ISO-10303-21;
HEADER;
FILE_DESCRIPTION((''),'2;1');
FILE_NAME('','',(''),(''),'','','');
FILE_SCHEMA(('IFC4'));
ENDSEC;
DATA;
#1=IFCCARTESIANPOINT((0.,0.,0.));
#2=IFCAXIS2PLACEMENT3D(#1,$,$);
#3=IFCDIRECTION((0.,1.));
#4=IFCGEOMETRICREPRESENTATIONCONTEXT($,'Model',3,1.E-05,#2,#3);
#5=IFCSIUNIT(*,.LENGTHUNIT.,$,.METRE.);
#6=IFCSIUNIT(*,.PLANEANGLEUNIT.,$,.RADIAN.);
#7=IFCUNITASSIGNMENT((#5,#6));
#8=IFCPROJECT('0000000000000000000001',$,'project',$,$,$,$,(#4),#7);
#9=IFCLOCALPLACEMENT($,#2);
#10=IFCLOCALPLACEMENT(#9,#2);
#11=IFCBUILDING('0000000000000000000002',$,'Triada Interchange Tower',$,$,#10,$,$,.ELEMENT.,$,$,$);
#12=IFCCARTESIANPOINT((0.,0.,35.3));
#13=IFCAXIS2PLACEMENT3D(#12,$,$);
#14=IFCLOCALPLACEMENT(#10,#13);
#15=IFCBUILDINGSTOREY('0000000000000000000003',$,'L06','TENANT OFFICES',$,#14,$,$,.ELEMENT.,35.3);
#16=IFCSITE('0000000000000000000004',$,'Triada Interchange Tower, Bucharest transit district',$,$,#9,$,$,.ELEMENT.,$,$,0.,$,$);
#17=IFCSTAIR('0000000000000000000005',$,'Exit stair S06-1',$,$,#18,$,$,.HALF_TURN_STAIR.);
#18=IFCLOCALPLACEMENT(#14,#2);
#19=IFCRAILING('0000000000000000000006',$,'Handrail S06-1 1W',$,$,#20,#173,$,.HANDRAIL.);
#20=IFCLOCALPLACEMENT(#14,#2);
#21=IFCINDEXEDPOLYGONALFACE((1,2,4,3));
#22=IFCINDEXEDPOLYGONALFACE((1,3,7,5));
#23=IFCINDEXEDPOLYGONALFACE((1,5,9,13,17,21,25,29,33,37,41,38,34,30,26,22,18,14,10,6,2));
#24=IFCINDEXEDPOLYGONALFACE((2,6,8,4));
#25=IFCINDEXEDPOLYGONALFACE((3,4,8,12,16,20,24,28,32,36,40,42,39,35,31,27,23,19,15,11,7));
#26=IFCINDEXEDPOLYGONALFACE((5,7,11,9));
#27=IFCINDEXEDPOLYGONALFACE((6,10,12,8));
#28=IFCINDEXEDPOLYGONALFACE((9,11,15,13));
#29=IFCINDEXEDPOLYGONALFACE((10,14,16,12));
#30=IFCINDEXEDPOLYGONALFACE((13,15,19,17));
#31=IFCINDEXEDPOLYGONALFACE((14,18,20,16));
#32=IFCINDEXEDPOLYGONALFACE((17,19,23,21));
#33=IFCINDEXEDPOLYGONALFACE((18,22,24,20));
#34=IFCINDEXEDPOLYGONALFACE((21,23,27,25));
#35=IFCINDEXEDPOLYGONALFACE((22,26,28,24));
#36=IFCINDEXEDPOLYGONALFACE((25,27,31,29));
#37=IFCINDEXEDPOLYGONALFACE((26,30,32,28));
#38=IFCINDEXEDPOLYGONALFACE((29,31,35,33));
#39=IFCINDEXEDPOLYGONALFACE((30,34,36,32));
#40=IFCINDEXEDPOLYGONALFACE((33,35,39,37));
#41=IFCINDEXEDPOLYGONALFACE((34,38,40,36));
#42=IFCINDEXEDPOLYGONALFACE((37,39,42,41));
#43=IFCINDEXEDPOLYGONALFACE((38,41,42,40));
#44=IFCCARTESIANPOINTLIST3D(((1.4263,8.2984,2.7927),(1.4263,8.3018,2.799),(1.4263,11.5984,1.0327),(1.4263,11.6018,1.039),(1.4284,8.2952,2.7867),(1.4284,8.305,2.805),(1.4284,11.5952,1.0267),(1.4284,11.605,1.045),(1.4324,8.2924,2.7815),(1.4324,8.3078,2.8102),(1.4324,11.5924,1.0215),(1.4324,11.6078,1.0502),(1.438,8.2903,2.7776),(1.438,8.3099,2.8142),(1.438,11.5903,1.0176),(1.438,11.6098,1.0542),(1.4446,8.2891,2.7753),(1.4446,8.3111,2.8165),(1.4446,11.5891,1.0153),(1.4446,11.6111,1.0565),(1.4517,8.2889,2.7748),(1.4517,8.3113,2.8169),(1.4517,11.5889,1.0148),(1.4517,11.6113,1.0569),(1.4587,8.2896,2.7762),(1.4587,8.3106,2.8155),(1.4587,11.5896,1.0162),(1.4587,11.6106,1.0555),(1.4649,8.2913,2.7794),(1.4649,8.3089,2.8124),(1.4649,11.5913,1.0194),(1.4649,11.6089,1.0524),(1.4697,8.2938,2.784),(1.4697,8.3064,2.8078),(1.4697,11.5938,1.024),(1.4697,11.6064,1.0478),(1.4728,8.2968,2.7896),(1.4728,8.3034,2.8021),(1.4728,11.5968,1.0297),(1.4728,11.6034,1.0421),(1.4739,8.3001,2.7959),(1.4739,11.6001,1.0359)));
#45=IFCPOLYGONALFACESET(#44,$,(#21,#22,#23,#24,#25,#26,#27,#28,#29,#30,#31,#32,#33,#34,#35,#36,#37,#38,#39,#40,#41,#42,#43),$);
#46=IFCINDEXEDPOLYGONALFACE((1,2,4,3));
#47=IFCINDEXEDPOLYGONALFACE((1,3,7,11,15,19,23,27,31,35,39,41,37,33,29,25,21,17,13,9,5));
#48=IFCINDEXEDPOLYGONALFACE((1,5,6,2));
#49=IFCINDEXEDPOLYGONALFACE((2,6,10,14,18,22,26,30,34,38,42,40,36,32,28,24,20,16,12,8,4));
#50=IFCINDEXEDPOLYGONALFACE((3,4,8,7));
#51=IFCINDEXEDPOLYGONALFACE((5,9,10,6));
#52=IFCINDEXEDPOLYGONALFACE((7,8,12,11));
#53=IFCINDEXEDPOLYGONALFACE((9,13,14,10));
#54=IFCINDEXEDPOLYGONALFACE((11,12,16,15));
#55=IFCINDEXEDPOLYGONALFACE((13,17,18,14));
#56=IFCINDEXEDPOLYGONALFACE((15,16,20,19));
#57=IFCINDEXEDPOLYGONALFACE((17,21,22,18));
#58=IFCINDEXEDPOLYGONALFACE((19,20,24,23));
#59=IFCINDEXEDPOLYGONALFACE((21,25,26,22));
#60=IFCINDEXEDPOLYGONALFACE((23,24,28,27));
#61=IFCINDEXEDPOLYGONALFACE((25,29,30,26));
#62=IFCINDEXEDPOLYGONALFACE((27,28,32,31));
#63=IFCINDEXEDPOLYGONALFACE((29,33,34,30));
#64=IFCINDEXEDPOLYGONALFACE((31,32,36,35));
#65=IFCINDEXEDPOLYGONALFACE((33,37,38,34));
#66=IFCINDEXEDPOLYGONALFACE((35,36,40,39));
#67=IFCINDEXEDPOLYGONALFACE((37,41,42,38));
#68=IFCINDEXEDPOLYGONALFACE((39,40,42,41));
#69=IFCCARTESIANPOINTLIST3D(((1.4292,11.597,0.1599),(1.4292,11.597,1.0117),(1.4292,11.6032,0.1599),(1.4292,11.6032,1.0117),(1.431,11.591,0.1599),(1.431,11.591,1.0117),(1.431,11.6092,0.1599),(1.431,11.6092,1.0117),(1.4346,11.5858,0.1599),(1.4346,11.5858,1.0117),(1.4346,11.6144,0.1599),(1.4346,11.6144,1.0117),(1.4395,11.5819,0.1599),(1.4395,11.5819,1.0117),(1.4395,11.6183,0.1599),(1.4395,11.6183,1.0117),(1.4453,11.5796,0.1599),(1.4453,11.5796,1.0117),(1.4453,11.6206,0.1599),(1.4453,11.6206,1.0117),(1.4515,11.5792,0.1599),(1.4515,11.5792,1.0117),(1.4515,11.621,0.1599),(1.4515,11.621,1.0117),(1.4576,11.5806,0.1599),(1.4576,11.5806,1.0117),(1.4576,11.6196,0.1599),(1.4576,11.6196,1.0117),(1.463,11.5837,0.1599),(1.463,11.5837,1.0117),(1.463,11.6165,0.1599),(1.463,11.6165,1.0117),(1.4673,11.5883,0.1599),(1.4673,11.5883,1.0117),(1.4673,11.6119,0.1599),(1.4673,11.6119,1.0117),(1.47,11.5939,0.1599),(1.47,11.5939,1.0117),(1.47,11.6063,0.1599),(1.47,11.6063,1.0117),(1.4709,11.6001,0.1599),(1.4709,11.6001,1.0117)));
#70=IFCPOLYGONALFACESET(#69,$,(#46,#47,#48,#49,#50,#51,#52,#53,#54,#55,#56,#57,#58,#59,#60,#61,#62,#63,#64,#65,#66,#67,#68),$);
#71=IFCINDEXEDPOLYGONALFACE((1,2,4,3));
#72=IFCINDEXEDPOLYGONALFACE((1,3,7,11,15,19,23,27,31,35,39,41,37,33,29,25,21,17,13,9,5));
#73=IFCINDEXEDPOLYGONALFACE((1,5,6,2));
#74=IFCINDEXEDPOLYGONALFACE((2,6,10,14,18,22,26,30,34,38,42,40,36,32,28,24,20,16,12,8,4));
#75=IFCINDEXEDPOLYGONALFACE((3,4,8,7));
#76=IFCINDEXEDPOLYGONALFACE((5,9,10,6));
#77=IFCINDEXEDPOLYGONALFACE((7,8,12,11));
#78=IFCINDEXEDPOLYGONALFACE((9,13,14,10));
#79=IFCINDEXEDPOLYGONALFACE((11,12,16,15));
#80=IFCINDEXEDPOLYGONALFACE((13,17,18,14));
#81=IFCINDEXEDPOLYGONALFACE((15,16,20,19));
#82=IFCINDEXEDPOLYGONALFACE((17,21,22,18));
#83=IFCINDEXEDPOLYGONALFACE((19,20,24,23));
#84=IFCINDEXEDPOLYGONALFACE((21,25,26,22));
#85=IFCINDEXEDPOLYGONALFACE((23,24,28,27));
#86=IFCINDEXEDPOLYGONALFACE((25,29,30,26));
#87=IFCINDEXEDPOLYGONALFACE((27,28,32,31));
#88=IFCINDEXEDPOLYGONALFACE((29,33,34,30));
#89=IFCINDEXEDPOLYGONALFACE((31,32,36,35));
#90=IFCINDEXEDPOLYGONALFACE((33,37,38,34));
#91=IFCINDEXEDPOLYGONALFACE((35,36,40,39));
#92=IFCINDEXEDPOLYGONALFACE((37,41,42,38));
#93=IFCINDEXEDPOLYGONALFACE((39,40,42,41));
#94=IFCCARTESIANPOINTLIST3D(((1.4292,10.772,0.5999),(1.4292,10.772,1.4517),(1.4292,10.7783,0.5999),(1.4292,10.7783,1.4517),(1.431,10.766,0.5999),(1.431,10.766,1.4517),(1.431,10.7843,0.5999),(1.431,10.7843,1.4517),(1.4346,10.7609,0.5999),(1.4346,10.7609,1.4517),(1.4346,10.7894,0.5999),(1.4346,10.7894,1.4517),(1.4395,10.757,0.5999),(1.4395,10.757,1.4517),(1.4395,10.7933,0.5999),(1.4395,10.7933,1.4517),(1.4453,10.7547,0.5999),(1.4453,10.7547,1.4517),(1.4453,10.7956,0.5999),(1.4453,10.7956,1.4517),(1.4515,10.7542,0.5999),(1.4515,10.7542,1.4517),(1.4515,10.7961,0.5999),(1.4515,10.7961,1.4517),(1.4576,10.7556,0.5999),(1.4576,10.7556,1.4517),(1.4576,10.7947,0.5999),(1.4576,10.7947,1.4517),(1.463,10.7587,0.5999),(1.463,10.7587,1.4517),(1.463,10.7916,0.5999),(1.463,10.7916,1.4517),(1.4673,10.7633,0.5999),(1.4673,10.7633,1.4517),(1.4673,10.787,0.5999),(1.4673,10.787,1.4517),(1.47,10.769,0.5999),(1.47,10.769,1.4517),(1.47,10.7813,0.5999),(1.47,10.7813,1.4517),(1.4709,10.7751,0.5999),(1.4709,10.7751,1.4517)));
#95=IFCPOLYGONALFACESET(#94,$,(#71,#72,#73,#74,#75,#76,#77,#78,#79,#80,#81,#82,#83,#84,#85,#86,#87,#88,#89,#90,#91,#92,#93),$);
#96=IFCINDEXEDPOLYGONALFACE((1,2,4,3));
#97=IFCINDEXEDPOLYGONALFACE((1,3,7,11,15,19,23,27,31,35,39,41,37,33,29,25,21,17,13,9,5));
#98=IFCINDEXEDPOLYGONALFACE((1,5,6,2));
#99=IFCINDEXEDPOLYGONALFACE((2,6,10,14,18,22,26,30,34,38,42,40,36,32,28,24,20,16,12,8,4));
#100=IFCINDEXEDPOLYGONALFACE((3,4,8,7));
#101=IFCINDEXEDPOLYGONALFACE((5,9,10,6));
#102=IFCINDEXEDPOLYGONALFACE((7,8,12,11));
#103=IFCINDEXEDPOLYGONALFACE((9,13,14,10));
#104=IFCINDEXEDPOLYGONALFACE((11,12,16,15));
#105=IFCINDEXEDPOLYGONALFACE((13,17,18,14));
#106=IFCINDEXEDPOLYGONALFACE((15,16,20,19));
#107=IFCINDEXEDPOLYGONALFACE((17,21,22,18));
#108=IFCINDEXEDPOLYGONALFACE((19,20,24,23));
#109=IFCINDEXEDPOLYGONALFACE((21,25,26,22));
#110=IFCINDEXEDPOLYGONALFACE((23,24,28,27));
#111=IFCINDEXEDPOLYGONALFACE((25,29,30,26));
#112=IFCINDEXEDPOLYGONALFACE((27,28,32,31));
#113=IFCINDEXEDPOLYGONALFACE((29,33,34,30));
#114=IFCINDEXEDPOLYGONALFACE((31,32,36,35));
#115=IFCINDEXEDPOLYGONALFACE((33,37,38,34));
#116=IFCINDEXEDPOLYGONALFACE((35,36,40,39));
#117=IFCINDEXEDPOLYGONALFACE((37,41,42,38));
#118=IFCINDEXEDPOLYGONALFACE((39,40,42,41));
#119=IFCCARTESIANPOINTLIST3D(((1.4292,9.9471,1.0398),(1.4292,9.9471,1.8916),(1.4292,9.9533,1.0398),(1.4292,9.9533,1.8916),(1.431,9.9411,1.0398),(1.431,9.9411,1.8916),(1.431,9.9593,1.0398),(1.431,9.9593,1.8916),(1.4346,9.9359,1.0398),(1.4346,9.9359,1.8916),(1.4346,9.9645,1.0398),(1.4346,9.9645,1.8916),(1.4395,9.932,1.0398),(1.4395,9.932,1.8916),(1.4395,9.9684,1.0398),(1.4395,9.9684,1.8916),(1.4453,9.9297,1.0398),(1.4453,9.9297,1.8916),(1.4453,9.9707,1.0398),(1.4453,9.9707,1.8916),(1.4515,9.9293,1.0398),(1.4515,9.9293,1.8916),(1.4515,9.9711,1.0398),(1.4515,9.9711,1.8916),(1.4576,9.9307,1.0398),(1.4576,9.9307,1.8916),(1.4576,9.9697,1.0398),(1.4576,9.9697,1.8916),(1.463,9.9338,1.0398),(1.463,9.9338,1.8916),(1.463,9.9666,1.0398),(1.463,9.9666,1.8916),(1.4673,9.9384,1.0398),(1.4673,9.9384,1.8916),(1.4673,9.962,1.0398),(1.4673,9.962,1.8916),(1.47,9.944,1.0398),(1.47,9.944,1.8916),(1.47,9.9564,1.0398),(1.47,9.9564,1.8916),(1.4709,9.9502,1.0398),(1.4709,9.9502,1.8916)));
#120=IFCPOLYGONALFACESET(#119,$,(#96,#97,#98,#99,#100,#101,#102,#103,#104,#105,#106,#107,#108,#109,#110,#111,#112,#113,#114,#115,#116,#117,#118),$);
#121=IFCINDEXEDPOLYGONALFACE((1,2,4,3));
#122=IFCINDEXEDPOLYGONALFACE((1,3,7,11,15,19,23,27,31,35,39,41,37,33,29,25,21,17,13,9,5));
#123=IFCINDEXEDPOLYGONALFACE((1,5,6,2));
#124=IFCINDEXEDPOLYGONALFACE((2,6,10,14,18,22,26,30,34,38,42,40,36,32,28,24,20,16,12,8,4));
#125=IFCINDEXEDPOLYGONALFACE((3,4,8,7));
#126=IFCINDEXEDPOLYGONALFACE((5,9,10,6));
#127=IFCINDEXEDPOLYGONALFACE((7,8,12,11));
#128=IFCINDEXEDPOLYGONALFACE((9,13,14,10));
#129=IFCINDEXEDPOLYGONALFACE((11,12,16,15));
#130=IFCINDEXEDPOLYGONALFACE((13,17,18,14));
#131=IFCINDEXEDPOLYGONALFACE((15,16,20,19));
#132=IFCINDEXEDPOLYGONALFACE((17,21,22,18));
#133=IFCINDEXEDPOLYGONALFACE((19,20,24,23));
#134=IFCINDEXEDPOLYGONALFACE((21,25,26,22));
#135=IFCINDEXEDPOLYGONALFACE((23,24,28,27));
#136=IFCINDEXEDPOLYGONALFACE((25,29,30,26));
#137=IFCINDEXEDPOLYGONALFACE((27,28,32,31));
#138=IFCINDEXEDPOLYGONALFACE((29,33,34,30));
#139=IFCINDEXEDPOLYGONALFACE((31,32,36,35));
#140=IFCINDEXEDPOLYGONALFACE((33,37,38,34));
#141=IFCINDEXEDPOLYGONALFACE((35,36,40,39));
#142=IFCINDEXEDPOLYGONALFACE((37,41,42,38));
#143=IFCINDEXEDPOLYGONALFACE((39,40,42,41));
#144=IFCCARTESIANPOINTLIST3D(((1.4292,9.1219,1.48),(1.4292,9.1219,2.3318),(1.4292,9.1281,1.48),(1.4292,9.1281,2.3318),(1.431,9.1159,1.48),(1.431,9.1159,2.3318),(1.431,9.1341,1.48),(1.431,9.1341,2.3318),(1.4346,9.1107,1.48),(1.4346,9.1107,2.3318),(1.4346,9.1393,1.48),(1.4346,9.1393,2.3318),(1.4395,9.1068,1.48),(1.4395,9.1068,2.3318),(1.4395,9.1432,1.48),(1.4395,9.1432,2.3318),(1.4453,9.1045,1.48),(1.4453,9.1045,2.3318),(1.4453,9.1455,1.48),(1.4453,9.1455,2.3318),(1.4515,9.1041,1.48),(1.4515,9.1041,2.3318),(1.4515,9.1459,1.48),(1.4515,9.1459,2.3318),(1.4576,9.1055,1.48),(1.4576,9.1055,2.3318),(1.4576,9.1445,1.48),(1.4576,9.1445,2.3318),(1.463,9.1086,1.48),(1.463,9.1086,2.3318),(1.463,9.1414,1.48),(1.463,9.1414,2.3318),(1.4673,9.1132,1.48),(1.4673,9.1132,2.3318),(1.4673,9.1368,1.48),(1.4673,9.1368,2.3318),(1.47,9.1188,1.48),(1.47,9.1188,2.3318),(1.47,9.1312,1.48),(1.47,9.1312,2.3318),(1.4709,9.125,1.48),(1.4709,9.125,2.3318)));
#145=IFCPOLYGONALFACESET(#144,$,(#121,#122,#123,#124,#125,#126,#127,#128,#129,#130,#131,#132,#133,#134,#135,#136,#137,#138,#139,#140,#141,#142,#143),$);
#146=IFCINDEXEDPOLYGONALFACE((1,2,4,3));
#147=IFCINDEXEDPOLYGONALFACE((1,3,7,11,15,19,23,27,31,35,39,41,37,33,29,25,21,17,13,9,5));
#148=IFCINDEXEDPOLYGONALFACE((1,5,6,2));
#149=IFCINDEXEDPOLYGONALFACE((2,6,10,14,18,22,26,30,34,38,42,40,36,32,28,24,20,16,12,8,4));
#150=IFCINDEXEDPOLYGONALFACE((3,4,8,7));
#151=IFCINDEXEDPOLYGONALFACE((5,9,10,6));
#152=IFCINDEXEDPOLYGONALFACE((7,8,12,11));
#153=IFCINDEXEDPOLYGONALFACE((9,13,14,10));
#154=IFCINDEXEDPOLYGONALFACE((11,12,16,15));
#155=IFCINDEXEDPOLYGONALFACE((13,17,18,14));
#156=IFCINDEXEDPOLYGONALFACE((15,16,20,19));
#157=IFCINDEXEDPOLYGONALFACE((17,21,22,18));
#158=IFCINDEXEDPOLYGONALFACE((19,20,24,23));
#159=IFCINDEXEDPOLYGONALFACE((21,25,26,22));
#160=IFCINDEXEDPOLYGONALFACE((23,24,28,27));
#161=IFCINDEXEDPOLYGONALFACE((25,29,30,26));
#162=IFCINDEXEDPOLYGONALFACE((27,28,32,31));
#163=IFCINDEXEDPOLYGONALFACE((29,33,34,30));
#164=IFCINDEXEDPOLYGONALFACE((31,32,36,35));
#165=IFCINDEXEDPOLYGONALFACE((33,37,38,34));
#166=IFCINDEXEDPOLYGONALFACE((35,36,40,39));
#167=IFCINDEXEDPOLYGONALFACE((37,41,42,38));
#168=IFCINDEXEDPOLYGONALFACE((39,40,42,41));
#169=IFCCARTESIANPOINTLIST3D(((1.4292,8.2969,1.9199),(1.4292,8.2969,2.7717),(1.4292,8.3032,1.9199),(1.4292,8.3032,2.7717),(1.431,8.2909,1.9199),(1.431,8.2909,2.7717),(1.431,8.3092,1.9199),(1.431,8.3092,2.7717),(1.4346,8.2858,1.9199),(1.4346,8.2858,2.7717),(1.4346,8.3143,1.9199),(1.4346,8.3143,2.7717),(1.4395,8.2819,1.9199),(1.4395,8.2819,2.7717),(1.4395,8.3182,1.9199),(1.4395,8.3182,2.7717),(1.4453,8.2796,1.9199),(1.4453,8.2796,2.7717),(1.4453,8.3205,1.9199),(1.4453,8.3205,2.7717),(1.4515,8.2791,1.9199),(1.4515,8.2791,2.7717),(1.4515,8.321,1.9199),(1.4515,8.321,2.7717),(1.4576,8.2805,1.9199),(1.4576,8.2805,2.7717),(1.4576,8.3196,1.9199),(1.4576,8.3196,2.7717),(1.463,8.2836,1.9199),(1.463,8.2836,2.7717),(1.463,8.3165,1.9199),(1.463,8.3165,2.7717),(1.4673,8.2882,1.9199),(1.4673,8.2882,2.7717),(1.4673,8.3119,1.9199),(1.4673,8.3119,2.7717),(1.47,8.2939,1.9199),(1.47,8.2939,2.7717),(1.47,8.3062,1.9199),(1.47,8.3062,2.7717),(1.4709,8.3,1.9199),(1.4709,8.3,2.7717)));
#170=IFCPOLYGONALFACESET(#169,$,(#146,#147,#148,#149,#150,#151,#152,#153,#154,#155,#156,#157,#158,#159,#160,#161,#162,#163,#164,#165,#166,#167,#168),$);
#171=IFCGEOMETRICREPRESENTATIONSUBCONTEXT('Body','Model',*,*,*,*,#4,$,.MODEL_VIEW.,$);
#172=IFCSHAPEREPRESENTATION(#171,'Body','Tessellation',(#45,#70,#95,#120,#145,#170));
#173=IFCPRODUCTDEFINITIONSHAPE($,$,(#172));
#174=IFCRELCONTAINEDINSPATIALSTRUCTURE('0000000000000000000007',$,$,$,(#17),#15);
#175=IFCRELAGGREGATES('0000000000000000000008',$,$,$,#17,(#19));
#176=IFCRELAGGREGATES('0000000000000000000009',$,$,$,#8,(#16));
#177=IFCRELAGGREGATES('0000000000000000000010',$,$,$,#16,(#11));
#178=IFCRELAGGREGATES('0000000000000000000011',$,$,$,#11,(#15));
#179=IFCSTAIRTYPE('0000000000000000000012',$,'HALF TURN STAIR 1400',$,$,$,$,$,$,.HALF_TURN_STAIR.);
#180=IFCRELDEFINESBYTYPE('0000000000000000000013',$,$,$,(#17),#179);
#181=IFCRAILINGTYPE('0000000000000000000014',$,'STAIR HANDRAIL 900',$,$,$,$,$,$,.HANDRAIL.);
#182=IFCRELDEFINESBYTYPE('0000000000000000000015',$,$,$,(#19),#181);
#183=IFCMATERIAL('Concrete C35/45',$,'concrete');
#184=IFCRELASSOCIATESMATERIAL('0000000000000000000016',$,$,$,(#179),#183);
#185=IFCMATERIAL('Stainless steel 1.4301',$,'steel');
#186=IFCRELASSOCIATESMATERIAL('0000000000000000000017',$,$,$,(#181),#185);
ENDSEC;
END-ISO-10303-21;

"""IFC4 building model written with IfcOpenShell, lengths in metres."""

from ifc_helpers import new_model, si_unit, direction, frame, origin, origin_2d, place, context, subcontext, project, spatial, circle, extrude, material, type_object, element, aggregate, save


model = new_model("IFC4")

# Units and contexts
model_context = context("Model", 3, precision=1e-05, world=origin(), true_north=direction((0.0, 1.0)))
body_context = subcontext(model_context, "Body", "Model", "MODEL_VIEW")
ifc_project = project(units=[si_unit("LENGTHUNIT", "METRE"), si_unit("PLANEANGLEUNIT", "RADIAN")], contexts=[model_context])

# Site, building, storey
site_placement = place(None, origin())
site = spatial("IfcSite", under=ifc_project, at=site_placement, Name="Triada Interchange Tower, Bucharest transit district", CompositionType="ELEMENT", RefElevation=0.0)
building_placement = place(site_placement, origin())
building = spatial("IfcBuilding", under=site, at=building_placement, Name="Triada Interchange Tower", CompositionType="ELEMENT")
storey_placement = place(building_placement, frame((0.0, 0.0, 35.3)))
storey = spatial("IfcBuildingStorey", under=building, at=storey_placement, Name="L06", Description="TENANT OFFICES", CompositionType="ELEMENT", Elevation=35.3)

# Stair
ifc_material_1 = material(Name="Concrete C35/45", Category="concrete")
stair_type = type_object("IfcStairType", Name="HALF TURN STAIR 1400", PredefinedType="HALF_TURN_STAIR", material=ifc_material_1)
stair_placement = place(storey_placement, origin())
stair = element("IfcStair", 1, at=stair_placement, inside=storey, type_object=stair_type, Name="Exit stair S06-1", PredefinedType="HALF_TURN_STAIR")

# Railing
ifc_material_2 = material(Name="Stainless steel 1.4301", Category="steel")
railing_type = type_object("IfcRailingType", Name="STAIR HANDRAIL 900", PredefinedType="HANDRAIL", material=ifc_material_2)
railing_1_placement = place(storey_placement, frame((1.45, 11.6001, 0.1599)))
railing_1 = element("IfcRailing", 2, at=railing_1_placement, type_object=railing_type, Name="Handrail S06-1 1W", PredefinedType="HANDRAIL", context=body_context, shape_type="SweptSolid", body=[
    extrude(circle(Radius=0.0239, at=origin_2d()), frame((0.0, 0.0, 0.876), z_axis=(0.0, -0.882355, 0.470585), x_axis=(1.0, 0.0, 0.0)), (0.0, 0.0, 1.0), 3.74),
    extrude(circle(Radius=0.021, at=origin_2d()), origin(), (0.0, 0.0, 1.0), 0.8518),
    extrude(circle(Radius=0.021, at=origin_2d()), frame((0.0, -0.825, 0.4399)), (0.0, 0.0, 1.0), 0.8518),
    extrude(circle(Radius=0.021, at=origin_2d()), frame((0.0, -1.6499, 0.8799)), (0.0, 0.0, 1.0), 0.8518),
    extrude(circle(Radius=0.021, at=origin_2d()), frame((0.0, -2.4751, 1.3201)), (0.0, 0.0, 1.0), 0.8518),
    extrude(circle(Radius=0.021, at=origin_2d()), frame((0.0, -3.3, 1.76)), (0.0, 0.0, 1.0), 0.8518),
])
aggregate(stair, [railing_1])

save(model, "model.ifc")
